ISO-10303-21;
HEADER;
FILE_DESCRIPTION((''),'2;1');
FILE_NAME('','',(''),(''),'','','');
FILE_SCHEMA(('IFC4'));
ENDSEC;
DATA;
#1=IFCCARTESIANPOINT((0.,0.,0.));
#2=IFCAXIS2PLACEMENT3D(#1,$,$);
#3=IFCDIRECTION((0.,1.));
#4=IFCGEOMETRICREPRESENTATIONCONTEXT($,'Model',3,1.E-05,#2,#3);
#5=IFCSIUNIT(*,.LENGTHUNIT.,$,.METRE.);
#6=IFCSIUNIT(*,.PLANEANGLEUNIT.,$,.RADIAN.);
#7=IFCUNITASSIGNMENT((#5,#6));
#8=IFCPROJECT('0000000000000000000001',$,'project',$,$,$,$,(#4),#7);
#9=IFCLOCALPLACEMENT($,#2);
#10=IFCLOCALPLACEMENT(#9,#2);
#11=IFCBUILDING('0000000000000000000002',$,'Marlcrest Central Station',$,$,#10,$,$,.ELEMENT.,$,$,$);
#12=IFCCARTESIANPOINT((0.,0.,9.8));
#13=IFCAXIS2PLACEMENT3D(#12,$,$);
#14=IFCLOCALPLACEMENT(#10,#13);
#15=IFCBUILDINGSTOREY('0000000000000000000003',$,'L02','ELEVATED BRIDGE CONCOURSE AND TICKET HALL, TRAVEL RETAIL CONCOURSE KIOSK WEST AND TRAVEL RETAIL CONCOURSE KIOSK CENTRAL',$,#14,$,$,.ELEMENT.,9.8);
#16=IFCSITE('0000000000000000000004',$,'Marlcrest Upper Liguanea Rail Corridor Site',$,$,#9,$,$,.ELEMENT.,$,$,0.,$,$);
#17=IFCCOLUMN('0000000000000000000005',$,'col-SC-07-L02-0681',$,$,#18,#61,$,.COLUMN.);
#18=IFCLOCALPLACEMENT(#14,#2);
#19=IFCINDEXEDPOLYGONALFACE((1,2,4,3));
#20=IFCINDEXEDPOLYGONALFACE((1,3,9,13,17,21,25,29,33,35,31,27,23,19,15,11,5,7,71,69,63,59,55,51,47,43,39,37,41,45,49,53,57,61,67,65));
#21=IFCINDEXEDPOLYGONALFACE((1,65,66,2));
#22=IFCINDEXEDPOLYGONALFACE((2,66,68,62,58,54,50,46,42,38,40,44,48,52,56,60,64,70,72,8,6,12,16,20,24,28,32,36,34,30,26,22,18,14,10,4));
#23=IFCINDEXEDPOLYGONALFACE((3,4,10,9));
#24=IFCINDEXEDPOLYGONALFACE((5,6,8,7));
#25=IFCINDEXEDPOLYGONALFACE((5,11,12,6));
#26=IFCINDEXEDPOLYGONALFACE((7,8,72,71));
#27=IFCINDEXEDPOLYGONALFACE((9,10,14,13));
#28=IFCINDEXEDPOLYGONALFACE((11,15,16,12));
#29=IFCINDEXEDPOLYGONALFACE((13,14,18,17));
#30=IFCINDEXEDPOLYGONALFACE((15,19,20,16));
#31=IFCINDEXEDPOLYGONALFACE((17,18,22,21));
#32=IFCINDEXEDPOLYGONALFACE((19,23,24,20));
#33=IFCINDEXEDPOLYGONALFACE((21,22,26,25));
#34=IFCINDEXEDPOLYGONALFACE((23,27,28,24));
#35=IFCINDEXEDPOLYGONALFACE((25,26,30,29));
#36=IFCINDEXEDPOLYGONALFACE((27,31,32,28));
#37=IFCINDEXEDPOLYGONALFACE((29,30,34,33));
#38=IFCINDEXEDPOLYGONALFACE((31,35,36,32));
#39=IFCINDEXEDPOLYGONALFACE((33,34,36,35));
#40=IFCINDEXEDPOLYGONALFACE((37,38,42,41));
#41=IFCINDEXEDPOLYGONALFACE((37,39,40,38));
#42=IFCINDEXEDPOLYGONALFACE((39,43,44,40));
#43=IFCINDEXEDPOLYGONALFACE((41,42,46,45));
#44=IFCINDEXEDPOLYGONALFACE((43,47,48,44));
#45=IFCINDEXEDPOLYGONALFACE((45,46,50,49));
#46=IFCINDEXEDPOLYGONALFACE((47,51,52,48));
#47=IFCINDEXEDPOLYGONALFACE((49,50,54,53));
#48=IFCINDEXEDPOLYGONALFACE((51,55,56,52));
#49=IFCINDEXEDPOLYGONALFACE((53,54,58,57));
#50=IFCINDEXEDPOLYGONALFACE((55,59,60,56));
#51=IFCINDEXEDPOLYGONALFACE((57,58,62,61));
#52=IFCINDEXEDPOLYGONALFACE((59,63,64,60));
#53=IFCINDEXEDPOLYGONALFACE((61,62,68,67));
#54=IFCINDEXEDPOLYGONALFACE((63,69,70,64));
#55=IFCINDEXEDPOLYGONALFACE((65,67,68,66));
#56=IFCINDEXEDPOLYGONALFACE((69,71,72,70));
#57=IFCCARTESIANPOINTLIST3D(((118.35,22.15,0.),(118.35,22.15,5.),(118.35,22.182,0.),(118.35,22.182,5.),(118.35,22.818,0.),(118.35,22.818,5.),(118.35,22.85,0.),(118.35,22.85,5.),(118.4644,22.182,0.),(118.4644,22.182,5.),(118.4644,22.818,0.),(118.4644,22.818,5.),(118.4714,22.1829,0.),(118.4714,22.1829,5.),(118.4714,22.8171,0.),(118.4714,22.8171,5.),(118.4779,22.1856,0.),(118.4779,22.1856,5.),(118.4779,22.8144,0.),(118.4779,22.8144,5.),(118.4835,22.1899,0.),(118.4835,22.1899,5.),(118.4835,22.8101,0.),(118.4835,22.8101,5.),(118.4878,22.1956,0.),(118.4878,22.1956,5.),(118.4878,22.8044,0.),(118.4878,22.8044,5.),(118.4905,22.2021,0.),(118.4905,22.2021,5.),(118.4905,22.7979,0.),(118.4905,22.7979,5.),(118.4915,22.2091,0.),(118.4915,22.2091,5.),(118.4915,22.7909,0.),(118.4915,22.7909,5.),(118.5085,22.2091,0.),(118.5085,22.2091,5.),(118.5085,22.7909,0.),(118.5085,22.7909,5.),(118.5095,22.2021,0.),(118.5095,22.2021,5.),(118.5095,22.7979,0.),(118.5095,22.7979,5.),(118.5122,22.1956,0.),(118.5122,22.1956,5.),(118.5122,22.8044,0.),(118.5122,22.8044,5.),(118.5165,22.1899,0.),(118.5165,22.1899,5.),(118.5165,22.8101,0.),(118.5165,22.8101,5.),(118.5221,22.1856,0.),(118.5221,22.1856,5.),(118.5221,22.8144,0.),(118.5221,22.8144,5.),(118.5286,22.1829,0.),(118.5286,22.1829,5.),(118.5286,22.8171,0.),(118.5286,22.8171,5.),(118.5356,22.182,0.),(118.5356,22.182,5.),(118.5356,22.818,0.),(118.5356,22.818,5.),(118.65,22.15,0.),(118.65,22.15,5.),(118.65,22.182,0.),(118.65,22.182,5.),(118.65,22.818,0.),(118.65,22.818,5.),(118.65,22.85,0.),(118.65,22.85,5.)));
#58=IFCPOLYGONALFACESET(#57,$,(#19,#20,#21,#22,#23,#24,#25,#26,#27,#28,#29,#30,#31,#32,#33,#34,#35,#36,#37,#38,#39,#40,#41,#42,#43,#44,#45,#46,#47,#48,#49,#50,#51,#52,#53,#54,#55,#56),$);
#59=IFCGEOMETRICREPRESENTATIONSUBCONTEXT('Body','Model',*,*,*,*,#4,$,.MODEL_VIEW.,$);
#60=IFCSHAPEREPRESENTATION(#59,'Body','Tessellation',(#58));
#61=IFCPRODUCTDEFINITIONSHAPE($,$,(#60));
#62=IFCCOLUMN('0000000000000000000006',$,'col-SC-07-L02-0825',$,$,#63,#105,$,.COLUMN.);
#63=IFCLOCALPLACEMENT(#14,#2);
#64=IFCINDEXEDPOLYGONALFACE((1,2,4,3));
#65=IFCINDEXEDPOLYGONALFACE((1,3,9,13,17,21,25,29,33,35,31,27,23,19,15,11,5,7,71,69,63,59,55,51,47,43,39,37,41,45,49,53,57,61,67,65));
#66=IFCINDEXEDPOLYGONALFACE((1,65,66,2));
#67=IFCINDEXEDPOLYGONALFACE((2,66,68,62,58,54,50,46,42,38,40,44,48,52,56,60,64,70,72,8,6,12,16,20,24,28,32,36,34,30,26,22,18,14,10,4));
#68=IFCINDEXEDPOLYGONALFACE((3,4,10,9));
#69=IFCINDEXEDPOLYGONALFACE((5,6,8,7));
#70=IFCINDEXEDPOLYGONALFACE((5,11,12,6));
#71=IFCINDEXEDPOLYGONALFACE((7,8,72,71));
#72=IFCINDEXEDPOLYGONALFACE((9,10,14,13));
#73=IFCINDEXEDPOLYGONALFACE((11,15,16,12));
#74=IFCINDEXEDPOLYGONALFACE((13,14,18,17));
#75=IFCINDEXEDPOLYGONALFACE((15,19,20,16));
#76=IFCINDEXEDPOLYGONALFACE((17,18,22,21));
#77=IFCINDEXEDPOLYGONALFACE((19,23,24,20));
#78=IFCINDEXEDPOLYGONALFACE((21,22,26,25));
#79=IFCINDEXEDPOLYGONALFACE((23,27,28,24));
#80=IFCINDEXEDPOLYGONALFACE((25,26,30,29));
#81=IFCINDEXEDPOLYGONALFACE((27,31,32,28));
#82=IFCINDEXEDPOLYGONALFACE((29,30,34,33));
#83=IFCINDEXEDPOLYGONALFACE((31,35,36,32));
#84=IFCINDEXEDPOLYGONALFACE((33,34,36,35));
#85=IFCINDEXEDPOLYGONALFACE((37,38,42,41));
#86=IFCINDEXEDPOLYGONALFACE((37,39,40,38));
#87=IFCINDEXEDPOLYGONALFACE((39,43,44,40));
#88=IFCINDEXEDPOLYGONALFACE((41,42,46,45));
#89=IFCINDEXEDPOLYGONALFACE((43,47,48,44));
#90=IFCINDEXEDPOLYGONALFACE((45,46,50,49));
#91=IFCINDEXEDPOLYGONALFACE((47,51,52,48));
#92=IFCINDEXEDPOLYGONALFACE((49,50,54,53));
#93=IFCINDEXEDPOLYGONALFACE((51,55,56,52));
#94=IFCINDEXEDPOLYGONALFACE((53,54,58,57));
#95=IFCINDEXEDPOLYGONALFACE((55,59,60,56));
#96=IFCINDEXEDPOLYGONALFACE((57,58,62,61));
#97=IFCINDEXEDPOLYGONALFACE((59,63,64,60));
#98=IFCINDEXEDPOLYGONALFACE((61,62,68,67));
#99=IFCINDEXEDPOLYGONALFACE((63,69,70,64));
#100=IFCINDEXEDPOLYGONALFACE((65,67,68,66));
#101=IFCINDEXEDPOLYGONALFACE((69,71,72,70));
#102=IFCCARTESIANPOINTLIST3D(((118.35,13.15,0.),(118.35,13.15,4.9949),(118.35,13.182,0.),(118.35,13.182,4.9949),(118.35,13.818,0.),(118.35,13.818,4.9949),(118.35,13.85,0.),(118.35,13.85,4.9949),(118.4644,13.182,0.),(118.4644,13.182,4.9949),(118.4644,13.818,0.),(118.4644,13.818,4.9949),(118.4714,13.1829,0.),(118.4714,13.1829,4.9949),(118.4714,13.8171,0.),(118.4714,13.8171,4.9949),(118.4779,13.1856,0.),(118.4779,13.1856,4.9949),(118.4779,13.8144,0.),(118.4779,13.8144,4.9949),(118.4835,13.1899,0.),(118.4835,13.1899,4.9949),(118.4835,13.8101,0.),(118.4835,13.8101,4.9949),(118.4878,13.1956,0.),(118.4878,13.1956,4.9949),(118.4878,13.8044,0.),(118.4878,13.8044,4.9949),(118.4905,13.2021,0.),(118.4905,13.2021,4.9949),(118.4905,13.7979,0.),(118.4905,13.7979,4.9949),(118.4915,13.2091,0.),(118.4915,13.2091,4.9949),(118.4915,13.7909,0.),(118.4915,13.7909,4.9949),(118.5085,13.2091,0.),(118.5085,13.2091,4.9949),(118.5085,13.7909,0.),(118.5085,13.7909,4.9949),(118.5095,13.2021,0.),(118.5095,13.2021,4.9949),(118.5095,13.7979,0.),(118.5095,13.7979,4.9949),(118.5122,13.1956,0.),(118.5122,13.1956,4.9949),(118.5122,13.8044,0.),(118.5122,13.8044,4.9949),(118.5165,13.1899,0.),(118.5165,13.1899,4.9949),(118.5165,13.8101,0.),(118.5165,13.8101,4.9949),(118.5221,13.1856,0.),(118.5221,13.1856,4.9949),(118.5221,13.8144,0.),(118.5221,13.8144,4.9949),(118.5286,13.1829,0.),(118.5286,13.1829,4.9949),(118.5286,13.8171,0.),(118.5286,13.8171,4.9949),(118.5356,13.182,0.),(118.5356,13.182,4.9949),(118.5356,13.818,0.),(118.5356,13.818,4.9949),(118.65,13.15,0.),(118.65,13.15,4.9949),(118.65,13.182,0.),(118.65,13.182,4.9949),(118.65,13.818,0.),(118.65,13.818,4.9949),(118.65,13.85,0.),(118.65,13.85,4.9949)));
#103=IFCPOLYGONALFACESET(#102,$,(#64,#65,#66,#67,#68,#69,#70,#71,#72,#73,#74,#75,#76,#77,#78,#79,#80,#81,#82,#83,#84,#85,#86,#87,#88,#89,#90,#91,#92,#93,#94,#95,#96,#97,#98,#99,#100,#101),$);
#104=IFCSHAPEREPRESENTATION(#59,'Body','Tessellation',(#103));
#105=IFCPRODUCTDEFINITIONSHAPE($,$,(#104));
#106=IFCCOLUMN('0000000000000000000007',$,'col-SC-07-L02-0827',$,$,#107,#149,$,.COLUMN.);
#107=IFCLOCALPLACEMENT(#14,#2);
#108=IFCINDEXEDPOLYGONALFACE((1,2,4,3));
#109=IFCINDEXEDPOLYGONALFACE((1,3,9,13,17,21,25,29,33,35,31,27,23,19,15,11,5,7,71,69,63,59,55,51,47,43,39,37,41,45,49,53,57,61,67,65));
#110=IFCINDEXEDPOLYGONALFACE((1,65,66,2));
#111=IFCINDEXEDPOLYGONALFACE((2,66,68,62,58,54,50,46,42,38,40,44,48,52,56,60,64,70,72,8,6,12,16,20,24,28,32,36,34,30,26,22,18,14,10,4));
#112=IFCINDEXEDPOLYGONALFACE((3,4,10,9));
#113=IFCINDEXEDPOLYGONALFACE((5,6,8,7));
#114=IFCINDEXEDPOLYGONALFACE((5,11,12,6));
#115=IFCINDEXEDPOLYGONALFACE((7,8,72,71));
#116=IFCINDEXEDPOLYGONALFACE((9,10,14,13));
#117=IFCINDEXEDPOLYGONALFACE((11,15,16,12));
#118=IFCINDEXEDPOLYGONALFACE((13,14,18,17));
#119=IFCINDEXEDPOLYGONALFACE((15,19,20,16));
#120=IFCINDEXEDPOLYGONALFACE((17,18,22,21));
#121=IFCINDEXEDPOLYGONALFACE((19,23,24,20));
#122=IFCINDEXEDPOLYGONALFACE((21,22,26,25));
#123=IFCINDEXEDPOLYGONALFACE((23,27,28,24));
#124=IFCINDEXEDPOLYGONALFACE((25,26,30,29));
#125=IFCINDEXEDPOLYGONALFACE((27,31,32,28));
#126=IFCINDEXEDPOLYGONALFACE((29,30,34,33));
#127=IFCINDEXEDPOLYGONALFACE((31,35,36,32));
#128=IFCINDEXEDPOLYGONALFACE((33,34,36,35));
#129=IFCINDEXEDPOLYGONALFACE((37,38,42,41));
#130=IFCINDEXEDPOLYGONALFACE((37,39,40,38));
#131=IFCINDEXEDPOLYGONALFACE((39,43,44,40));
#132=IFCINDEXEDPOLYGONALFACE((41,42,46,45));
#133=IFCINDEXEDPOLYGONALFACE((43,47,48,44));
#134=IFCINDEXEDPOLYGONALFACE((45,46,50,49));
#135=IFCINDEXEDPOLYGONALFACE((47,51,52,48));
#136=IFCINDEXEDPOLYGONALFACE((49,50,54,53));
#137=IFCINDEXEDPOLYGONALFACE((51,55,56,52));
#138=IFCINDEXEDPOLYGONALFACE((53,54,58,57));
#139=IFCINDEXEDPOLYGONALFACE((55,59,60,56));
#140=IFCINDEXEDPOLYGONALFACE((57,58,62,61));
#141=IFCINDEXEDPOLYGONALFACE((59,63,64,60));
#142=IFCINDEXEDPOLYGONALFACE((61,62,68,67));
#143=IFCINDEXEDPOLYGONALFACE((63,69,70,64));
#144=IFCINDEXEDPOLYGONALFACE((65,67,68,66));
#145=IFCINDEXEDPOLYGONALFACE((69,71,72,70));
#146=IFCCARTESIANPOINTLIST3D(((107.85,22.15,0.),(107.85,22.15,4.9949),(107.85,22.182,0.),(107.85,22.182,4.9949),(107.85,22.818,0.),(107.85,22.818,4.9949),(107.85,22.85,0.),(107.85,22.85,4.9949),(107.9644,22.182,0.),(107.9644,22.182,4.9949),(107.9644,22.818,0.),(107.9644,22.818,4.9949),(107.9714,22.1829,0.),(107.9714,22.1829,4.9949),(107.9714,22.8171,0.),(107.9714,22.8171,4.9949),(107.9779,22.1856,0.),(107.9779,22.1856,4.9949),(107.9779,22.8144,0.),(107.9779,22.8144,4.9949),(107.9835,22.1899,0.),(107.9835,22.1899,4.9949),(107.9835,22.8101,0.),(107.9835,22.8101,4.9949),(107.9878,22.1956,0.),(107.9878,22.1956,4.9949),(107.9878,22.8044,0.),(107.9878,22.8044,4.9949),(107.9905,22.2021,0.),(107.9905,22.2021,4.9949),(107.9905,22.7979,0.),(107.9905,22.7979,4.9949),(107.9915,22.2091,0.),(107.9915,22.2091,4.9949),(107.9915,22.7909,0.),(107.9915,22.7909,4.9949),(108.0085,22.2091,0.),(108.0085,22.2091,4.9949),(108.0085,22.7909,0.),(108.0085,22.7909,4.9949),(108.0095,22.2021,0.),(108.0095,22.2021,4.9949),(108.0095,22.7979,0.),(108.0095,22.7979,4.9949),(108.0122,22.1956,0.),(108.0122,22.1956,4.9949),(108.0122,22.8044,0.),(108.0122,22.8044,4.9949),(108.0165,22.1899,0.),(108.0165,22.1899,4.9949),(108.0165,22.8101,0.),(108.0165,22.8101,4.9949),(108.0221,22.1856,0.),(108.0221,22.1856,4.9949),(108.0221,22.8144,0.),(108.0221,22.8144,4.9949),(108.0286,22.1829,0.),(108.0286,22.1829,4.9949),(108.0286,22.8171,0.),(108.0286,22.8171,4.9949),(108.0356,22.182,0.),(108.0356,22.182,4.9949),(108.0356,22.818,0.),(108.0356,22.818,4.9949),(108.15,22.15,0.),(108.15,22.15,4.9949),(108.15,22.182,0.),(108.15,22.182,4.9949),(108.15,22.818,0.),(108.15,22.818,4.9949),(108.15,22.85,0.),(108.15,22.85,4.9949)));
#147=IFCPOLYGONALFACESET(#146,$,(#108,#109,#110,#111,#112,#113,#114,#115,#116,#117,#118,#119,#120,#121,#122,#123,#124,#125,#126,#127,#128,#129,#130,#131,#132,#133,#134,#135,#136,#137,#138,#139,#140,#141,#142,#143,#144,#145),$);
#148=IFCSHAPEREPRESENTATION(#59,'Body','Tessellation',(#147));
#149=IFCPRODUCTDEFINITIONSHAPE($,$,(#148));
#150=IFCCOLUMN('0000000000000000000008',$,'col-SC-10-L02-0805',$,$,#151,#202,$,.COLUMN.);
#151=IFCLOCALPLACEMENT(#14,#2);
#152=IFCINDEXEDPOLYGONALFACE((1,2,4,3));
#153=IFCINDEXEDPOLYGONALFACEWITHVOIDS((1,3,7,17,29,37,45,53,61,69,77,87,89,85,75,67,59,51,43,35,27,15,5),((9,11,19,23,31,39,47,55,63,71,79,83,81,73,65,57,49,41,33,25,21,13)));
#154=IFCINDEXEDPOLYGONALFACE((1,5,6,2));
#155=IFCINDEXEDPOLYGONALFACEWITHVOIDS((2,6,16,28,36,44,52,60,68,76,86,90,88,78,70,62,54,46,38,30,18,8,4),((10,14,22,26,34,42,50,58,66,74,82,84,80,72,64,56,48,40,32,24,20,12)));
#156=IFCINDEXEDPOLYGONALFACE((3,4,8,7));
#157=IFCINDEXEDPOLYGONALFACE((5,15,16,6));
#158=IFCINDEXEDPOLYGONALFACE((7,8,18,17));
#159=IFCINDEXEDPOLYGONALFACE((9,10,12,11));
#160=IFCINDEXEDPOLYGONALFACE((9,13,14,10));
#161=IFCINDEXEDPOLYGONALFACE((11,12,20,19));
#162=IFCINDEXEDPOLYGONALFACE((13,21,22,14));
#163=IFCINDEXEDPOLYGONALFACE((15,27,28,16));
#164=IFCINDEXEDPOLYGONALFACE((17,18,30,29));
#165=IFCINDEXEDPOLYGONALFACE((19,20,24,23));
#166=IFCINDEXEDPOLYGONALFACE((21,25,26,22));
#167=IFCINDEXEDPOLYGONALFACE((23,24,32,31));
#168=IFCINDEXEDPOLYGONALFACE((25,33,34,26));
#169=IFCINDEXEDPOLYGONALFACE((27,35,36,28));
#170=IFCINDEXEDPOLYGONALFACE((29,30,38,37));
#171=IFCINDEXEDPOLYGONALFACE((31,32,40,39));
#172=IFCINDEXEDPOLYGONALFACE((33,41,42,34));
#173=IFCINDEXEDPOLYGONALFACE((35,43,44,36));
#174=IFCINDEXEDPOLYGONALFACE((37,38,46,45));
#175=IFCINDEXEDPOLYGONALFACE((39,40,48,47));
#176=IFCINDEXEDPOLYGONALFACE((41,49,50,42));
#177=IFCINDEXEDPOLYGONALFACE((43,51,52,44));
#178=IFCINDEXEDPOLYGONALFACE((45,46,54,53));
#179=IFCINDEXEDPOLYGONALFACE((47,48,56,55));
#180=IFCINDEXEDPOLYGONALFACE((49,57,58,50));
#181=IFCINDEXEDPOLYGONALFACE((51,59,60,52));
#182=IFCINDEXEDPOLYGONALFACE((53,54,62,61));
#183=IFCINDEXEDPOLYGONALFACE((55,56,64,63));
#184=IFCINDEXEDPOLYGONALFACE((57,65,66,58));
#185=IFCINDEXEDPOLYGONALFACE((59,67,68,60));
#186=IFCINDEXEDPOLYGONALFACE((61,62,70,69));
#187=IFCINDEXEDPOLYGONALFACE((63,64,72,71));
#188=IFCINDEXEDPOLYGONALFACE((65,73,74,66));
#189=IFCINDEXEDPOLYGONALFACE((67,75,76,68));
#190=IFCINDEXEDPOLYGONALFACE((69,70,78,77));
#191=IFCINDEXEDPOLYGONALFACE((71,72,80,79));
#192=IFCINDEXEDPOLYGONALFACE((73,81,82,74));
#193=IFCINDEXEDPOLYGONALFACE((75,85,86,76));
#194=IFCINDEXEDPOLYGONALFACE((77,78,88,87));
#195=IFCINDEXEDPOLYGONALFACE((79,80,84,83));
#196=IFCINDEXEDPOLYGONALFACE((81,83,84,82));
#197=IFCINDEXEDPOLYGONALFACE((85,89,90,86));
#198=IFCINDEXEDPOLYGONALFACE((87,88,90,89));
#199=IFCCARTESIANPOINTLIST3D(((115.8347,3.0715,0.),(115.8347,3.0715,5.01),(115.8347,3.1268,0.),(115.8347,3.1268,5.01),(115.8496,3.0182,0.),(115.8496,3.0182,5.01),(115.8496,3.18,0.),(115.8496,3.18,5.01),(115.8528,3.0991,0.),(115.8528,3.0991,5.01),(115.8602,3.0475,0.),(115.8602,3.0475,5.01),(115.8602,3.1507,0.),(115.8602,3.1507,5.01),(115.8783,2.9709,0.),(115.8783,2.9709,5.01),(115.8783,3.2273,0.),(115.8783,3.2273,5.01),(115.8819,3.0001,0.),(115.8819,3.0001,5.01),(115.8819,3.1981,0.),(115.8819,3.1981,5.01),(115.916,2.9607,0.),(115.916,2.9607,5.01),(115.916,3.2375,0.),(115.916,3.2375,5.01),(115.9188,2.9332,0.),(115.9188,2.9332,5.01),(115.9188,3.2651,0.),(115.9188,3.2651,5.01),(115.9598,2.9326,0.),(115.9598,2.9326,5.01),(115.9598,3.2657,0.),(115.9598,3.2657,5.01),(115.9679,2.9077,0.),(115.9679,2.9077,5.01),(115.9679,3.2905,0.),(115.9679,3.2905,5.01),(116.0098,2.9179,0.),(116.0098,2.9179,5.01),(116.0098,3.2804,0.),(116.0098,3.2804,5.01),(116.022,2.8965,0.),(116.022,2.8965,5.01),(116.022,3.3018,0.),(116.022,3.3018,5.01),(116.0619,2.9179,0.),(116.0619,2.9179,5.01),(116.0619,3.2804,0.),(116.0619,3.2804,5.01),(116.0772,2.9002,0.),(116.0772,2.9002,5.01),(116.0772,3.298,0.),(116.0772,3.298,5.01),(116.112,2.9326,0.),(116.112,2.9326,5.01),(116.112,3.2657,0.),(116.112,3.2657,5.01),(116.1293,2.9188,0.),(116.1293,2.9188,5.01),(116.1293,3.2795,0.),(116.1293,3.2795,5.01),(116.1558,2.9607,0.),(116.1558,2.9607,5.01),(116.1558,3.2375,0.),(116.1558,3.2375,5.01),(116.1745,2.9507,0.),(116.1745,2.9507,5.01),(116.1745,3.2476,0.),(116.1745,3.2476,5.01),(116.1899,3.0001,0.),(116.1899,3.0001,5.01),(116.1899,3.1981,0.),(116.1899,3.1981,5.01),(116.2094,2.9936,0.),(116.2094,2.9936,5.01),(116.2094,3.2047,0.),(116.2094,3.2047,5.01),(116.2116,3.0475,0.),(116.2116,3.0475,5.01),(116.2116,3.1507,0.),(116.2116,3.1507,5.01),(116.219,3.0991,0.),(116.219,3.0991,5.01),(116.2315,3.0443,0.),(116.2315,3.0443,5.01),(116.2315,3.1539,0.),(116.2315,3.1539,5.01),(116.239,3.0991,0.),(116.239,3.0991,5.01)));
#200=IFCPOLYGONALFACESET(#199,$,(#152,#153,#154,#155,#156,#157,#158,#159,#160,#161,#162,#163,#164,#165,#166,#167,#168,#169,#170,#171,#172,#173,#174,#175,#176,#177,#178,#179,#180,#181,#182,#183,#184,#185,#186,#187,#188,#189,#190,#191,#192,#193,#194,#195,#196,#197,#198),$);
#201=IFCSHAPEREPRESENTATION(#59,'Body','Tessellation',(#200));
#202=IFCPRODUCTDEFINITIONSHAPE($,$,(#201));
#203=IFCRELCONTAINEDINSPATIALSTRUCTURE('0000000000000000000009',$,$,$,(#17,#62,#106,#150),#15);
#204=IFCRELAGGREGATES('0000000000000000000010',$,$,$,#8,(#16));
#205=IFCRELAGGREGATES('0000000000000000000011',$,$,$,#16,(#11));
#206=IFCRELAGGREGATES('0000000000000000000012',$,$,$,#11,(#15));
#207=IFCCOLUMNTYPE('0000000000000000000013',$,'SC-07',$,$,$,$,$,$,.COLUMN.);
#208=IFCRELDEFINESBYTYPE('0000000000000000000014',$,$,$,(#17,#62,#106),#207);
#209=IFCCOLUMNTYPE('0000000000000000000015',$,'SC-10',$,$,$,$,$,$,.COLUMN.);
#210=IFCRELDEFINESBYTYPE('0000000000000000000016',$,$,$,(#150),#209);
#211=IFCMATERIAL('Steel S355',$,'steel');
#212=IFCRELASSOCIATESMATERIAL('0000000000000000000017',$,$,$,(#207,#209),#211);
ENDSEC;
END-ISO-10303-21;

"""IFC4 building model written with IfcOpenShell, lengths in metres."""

from ifc_helpers import new_model, si_unit, direction, frame, origin, origin_2d, place, context, subcontext, project, spatial, hollow_circle, i_section, extrude, material, material_profile, profile_set, type_object, element, save


model = new_model("IFC4")

# Units and contexts
model_context = context("Model", 3, precision=1e-05, world=origin(), true_north=direction((0.0, 1.0)))
body_context = subcontext(model_context, "Body", "Model", "MODEL_VIEW")
ifc_project = project(units=[si_unit("LENGTHUNIT", "METRE"), si_unit("PLANEANGLEUNIT", "RADIAN")], contexts=[model_context])

# Site, building, storey
site_placement = place(None, origin())
site = spatial("IfcSite", under=ifc_project, at=site_placement, Name="Marlcrest Upper Liguanea Rail Corridor Site", CompositionType="ELEMENT", RefElevation=0.0)
building_placement = place(site_placement, origin())
building = spatial("IfcBuilding", under=site, at=building_placement, Name="Marlcrest Central Station", CompositionType="ELEMENT")
storey_placement = place(building_placement, frame((0.0, 0.0, 9.8)))
storey = spatial("IfcBuildingStorey", under=building, at=storey_placement, Name="L02", Description="ELEVATED BRIDGE CONCOURSE AND TICKET HALL, TRAVEL RETAIL CONCOURSE KIOSK WEST AND TRAVEL RETAIL CONCOURSE KIOSK CENTRAL", CompositionType="ELEMENT", Elevation=9.8)

# Columns
ifc_material_1 = material(Name="Steel S355", Category="steel")
ifc_material_profile_1 = material_profile(ifc_material_1, i_section(OverallWidth=0.3, OverallDepth=0.7, WebThickness=0.0171, FlangeThickness=0.032, FilletRadius=0.0271, at=origin_2d()), Name="HEB 700")
ifc_profile_set_1 = profile_set([ifc_material_profile_1], Name="Steel S355")
column_type_1 = type_object("IfcColumnType", Name="SC-07", PredefinedType="COLUMN", material=ifc_profile_set_1)
column_1_placement = place(storey_placement, frame((118.5, 22.5, 0.0), z_axis=(0.0, 0.0, 1.0), x_axis=(1.0, 0.0, 0.0)))
element("IfcColumn", 1, at=column_1_placement, inside=storey, type_object=column_type_1, Name="col-SC-07-L02-0681", PredefinedType="COLUMN", context=body_context, shape_type="SweptSolid", body=[
    extrude(i_section(OverallWidth=0.3, OverallDepth=0.7, WebThickness=0.0171, FlangeThickness=0.032, FilletRadius=0.0271, at=origin_2d()), origin(), (0.0, 0.0, 1.0), 5.0),
])
for number, where, z_axis, x_axis, name in (
    (2, (118.5, 13.5, 0.0), (0.0, 0.0, 1.0), (1.0, 0.0, 0.0), "col-SC-07-L02-0825"),
    (3, (108.0, 22.5, 0.0), (0.0, 0.0, 1.0), (1.0, 0.0, 0.0), "col-SC-07-L02-0827"),
):
    element("IfcColumn", number, at=place(storey_placement, frame(where, z_axis=z_axis, x_axis=x_axis)), inside=storey, type_object=column_type_1, Name=name, PredefinedType="COLUMN", context=body_context, shape_type="SweptSolid", body=[
        extrude(i_section(OverallWidth=0.3, OverallDepth=0.7, WebThickness=0.0171, FlangeThickness=0.032, FilletRadius=0.0271, at=origin_2d()), origin(), (0.0, 0.0, 1.0), 4.9949),
    ])
ifc_material_profile_2 = material_profile(ifc_material_1, hollow_circle(Radius=0.2031, WallThickness=0.02, at=origin_2d()), Name="CHS 406.4x20")
ifc_profile_set_2 = profile_set([ifc_material_profile_2], Name="Steel S355")
column_type_2 = type_object("IfcColumnType", Name="SC-10", PredefinedType="COLUMN", material=ifc_profile_set_2)
column_2_placement = place(storey_placement, frame((116.0359, 3.0991, 0.0), z_axis=(0.0, 0.0, 1.0), x_axis=(1.0, 0.0, 0.0)))
element("IfcColumn", 4, at=column_2_placement, inside=storey, type_object=column_type_2, Name="col-SC-10-L02-0805", PredefinedType="COLUMN", context=body_context, shape_type="SweptSolid", body=[
    extrude(hollow_circle(Radius=0.2031, WallThickness=0.02, at=origin_2d()), origin(), (0.0, 0.0, 1.0), 5.01),
])

save(model, "model.ifc")
